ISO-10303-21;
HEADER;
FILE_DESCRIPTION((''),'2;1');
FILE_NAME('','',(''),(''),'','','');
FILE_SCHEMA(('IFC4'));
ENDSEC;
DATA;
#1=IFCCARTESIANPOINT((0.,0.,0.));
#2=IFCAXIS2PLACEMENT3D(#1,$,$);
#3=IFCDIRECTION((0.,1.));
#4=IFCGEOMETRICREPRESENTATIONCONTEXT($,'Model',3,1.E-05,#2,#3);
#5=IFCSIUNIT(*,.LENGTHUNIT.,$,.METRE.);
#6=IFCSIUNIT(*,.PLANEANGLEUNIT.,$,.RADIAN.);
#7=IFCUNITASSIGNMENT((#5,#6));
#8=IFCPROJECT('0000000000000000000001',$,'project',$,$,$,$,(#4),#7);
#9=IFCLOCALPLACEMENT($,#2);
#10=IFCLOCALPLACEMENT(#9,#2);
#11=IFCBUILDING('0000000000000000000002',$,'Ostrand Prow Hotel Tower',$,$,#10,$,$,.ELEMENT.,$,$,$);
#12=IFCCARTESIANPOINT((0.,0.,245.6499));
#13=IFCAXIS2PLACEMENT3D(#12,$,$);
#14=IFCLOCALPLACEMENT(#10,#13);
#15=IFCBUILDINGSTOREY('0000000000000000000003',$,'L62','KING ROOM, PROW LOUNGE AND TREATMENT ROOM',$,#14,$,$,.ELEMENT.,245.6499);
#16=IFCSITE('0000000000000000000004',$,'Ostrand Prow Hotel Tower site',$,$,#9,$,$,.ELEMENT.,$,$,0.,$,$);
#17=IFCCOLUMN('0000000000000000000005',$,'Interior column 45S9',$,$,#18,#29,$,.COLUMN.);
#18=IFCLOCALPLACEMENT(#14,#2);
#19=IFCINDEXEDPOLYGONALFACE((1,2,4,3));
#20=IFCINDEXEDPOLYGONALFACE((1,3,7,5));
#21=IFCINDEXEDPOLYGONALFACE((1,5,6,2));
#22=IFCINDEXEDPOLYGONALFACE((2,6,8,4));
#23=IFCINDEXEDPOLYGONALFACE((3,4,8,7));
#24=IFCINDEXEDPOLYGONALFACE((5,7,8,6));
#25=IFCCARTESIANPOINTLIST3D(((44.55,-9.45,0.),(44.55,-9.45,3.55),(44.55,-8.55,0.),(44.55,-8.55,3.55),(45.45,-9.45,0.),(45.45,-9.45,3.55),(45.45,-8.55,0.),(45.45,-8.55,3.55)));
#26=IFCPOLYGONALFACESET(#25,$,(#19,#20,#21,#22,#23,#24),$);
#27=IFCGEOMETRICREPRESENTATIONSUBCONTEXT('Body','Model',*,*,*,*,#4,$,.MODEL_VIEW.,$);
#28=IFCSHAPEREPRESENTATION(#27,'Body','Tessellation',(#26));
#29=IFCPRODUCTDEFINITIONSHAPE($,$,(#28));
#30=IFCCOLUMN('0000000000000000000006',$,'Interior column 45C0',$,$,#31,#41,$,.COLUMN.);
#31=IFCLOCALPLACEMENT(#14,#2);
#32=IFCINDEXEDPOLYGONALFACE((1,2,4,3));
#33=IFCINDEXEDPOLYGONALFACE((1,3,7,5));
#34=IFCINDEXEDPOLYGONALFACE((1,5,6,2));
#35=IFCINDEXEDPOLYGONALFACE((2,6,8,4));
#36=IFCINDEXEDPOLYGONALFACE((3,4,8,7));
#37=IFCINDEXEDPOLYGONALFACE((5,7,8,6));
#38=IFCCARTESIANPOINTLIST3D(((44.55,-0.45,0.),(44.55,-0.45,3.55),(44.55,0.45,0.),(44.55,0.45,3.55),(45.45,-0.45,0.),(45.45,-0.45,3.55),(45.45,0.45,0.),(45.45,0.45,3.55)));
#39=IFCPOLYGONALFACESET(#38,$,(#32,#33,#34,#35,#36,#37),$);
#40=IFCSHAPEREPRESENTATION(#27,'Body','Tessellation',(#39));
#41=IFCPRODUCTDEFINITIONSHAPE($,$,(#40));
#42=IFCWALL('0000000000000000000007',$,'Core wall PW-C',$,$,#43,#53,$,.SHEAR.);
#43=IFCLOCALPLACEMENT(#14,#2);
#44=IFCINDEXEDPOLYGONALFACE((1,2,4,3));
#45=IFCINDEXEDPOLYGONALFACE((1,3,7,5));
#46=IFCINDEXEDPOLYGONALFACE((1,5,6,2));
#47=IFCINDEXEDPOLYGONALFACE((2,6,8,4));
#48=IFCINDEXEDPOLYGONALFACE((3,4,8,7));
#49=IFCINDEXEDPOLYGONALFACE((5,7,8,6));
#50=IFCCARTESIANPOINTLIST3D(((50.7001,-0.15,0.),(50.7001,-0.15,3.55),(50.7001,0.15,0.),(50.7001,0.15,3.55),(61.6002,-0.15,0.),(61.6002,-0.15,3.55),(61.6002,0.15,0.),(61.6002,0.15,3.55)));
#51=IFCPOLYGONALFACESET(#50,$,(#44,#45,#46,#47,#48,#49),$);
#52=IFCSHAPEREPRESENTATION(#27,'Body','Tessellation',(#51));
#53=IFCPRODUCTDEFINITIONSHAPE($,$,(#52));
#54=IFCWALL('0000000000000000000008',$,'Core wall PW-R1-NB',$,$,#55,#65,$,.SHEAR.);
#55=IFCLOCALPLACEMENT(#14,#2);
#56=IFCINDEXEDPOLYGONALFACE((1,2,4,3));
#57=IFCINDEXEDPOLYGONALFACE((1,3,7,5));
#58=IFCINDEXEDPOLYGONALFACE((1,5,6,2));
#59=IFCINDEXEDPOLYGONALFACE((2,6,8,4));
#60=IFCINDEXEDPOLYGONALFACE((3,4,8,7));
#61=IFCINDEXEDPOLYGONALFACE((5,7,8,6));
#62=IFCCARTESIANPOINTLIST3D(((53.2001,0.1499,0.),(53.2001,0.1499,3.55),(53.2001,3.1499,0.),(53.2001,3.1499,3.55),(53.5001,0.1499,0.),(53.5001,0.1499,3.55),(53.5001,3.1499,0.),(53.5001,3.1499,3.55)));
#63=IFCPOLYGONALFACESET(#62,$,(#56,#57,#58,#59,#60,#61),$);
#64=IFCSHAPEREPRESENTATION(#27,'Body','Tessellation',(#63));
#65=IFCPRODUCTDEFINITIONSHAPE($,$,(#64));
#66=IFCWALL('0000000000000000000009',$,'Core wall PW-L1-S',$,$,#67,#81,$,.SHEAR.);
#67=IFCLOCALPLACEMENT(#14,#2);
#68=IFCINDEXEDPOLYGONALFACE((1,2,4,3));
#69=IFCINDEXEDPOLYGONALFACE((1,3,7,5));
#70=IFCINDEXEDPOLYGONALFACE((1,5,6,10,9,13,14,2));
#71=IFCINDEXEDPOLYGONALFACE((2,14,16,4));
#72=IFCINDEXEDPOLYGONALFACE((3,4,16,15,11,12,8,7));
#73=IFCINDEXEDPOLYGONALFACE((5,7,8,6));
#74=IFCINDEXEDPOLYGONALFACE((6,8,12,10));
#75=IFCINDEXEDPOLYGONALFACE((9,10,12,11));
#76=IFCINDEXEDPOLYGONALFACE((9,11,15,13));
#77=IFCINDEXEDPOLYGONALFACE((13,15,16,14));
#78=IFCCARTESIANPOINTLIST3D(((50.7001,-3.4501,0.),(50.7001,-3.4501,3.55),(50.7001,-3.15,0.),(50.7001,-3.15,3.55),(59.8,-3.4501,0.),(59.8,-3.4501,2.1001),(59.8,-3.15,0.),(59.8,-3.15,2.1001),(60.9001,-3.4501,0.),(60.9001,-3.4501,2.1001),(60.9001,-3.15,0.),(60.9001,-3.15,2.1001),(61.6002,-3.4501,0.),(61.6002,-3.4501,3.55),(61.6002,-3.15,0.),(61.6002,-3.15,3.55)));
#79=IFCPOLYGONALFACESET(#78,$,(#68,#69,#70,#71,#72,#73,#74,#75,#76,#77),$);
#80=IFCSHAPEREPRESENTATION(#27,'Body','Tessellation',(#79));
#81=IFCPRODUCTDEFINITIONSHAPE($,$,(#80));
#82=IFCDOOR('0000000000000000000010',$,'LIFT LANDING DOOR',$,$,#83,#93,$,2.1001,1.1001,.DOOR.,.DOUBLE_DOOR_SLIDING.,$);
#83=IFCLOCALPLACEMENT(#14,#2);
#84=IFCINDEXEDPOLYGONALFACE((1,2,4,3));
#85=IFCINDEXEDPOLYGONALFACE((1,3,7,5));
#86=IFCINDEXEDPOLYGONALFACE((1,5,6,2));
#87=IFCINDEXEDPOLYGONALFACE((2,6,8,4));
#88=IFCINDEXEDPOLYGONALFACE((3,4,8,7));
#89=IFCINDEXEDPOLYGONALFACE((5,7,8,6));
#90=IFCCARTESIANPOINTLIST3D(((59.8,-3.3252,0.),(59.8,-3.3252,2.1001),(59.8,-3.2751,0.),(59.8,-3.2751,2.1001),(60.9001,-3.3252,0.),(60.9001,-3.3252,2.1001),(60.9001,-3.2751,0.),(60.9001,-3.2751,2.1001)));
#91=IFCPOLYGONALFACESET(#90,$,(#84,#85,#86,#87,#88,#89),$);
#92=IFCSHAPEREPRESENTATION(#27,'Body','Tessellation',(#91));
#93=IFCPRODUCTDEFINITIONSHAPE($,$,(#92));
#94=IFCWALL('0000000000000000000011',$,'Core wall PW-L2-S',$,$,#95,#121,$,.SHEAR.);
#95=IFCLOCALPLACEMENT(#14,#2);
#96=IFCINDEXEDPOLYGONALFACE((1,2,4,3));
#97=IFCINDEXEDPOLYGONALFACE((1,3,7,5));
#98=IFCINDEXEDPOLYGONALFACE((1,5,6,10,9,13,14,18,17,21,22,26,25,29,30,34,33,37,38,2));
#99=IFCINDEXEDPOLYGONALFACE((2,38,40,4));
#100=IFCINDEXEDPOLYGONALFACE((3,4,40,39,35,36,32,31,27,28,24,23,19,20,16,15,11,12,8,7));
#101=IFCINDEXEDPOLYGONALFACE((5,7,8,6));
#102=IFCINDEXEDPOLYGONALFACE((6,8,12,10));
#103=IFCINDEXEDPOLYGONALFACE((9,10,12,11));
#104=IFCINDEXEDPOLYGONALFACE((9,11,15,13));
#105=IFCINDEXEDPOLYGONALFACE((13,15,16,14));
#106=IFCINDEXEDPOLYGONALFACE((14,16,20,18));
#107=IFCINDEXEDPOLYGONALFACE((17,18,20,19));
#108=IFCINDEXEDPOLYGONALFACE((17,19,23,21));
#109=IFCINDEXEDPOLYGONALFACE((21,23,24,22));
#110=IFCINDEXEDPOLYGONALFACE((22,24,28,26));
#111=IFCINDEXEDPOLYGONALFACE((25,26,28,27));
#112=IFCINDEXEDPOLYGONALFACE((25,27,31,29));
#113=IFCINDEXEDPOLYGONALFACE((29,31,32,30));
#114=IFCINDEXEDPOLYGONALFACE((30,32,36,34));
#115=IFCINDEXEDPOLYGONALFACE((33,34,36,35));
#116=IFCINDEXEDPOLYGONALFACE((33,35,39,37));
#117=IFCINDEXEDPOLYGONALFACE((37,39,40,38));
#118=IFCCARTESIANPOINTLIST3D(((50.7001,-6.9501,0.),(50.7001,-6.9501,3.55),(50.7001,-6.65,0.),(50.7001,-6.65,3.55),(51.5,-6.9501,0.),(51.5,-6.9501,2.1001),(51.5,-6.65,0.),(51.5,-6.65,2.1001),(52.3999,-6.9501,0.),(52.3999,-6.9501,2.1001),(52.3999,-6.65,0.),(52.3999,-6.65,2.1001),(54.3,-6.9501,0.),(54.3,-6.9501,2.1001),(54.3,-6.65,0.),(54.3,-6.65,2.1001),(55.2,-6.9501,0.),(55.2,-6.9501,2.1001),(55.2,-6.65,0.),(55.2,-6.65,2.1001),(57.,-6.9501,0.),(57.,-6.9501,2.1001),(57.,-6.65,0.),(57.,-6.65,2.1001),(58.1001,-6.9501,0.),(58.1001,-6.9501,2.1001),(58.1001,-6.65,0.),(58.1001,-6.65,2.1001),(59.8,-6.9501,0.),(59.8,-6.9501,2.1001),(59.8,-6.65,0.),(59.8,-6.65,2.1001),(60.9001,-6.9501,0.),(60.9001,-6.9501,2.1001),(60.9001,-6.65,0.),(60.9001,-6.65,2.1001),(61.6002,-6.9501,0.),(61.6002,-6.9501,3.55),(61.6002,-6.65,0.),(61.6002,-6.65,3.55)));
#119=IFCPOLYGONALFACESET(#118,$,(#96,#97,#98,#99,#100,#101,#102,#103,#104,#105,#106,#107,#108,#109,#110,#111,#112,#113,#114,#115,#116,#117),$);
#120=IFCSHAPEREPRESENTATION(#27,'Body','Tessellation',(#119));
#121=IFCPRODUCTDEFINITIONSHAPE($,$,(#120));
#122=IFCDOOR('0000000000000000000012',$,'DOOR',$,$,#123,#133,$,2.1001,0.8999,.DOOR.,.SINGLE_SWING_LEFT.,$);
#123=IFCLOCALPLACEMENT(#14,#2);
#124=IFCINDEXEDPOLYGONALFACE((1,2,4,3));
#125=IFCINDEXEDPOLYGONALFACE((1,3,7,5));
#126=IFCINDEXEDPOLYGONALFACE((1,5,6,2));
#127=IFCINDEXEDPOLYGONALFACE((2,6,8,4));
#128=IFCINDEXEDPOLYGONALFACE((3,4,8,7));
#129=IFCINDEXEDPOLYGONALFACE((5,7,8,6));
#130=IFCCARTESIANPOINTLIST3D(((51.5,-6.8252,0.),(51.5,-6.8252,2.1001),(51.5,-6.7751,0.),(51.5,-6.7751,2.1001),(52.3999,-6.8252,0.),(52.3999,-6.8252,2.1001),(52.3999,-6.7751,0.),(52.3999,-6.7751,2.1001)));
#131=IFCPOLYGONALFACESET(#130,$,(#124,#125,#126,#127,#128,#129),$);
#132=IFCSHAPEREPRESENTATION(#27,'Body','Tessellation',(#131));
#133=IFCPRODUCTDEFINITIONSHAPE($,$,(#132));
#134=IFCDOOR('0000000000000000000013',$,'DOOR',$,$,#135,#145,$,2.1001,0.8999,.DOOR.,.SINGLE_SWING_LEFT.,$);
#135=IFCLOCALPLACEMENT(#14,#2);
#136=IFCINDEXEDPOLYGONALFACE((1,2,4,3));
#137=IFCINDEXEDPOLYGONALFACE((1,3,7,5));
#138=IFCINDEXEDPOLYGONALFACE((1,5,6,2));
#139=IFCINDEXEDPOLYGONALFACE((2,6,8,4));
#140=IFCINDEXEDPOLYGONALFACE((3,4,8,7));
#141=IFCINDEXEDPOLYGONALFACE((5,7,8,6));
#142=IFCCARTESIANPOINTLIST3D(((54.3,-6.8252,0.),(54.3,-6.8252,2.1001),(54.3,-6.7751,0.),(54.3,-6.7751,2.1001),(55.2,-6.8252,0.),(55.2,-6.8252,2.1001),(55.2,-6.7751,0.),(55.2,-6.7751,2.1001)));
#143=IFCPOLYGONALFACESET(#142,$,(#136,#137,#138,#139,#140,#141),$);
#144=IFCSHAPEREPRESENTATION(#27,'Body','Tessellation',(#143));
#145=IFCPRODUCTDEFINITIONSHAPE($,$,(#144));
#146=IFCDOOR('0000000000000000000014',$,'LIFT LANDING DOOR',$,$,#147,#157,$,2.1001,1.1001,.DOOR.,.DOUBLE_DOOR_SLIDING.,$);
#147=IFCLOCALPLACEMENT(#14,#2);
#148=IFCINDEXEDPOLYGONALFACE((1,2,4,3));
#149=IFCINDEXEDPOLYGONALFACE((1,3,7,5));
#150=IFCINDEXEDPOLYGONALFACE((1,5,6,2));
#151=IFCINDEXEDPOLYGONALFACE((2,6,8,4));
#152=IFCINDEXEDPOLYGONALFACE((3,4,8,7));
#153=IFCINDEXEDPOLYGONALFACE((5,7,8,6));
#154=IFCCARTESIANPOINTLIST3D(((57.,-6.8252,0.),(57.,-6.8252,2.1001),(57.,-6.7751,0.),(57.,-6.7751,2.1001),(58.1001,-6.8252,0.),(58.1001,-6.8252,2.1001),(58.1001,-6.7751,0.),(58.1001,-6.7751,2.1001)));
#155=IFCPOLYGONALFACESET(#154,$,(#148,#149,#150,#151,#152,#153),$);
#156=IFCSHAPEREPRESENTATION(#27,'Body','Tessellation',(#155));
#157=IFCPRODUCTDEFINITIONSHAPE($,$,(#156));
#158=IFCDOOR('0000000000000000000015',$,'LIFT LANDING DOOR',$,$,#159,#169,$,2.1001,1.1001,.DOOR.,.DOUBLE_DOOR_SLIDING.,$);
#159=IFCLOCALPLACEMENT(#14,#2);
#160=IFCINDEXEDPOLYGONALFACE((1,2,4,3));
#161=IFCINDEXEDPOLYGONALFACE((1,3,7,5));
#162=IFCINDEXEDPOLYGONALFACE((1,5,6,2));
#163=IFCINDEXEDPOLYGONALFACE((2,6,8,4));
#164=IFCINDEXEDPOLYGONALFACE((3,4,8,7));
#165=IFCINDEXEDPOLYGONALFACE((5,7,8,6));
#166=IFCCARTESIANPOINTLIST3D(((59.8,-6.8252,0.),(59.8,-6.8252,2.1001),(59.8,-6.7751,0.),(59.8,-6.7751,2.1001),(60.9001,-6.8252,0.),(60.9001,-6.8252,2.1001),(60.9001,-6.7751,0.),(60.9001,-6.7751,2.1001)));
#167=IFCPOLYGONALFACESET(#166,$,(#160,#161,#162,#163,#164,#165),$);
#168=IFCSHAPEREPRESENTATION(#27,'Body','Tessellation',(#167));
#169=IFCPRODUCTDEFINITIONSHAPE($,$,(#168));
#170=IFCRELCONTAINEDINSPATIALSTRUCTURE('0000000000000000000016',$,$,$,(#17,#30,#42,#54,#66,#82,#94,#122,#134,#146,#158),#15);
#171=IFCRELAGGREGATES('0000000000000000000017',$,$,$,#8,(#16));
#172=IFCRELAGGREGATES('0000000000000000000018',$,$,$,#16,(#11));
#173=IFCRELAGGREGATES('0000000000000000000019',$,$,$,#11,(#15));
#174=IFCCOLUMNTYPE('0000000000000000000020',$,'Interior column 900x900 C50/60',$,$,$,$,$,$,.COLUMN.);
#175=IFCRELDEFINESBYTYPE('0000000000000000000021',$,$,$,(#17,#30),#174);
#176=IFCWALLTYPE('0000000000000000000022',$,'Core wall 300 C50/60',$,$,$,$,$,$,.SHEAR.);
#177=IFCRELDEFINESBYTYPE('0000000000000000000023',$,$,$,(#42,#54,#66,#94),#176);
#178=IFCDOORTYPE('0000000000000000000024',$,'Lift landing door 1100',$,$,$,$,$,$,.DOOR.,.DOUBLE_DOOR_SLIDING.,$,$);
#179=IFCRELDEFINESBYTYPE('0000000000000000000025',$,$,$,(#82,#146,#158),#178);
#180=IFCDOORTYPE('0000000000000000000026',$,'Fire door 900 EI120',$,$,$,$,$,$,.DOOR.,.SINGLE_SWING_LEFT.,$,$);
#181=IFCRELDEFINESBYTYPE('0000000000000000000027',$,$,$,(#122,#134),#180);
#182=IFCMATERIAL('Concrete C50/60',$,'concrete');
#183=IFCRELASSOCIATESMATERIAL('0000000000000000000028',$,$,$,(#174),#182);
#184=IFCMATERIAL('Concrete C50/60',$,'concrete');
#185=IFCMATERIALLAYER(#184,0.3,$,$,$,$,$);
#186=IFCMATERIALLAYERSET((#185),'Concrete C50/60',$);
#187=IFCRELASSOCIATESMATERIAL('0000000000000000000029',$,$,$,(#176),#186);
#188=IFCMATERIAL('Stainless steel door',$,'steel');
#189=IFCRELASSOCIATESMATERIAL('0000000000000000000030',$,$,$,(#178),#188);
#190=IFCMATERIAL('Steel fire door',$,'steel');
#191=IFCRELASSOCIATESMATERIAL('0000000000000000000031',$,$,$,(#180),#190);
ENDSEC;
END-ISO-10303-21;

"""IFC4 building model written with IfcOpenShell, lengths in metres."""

from ifc_helpers import new_model, si_unit, direction, frame, frame_2d, origin, origin_2d, place, context, subcontext, project, spatial, rectangle, extrude, material, layer, layer_set, material_profile, profile_set, type_object, element, fill, save


model = new_model("IFC4")

# Units and contexts
model_context = context("Model", 3, precision=1e-05, world=origin(), true_north=direction((0.0, 1.0)))
body_context = subcontext(model_context, "Body", "Model", "MODEL_VIEW")
ifc_project = project(units=[si_unit("LENGTHUNIT", "METRE"), si_unit("PLANEANGLEUNIT", "RADIAN")], contexts=[model_context])

# Site, building, storey
site_placement = place(None, origin())
site = spatial("IfcSite", under=ifc_project, at=site_placement, Name="Ostrand Prow Hotel Tower site", CompositionType="ELEMENT", RefElevation=0.0)
building_placement = place(site_placement, origin())
building = spatial("IfcBuilding", under=site, at=building_placement, Name="Ostrand Prow Hotel Tower", CompositionType="ELEMENT")
storey_placement = place(building_placement, frame((0.0, 0.0, 245.6499)))
storey = spatial("IfcBuildingStorey", under=building, at=storey_placement, Name="L62", Description="KING ROOM, PROW LOUNGE AND TREATMENT ROOM", CompositionType="ELEMENT", Elevation=245.6499)

# Columns
ifc_material_1 = material(Name="Concrete C50/60", Category="concrete")
ifc_material_profile = material_profile(ifc_material_1, rectangle(XDim=0.8999, YDim=0.8999, at=origin_2d()), Name="RC 900x900")
ifc_profile_set = profile_set([ifc_material_profile], Name="Concrete C50/60")
column_type = type_object("IfcColumnType", Name="Interior column 900x900 C50/60", PredefinedType="COLUMN", material=ifc_profile_set)
for number, where, z_axis, x_axis, name in (
    (1, (45.0, -9.0, 0.0), (0.0, 0.0, 1.0), (1.0, 0.0, 0.0), "Interior column 45S9"),
    (2, (45.0, 0.0, 0.0), (0.0, 0.0, 1.0), (1.0, 0.0, 0.0), "Interior column 45C0"),
):
    element("IfcColumn", number, at=place(storey_placement, frame(where, z_axis=z_axis, x_axis=x_axis)), inside=storey, type_object=column_type, Name=name, PredefinedType="COLUMN", context=body_context, shape_type="SweptSolid", body=[
        extrude(rectangle(XDim=0.8999, YDim=0.8999, at=origin_2d()), origin(), (0.0, 0.0, 1.0), 3.55),
    ])

# Walls
ifc_material_2 = material(Name="Concrete C50/60", Category="concrete")
ifc_layer_1 = layer(ifc_material_2, 0.3)
ifc_layer_set_1 = layer_set([ifc_layer_1], Name="Concrete C50/60")
wall_type_1 = type_object("IfcWallType", Name="Core wall 300 C50/60", PredefinedType="SHEAR", material=ifc_layer_set_1)
wall_1_placement = place(storey_placement, frame((50.7, 0.0, 0.0), z_axis=(0.0, 0.0, 1.0), x_axis=(1.0, 0.0, 0.0)))
element("IfcWall", 3, at=wall_1_placement, inside=storey, type_object=wall_type_1, Name="Core wall PW-C", PredefinedType="SHEAR", context=body_context, shape_type="SweptSolid", body=[
    extrude(rectangle(XDim=10.9001, YDim=0.3, at=frame_2d((5.4502, 0.0))), origin(), (0.0, 0.0, 1.0), 3.55),
])
wall_2_placement = place(storey_placement, frame((53.3501, 0.1499, 0.0), z_axis=(0.0, 0.0, 1.0), x_axis=(0.0, 1.0, 0.0)))
element("IfcWall", 4, at=wall_2_placement, inside=storey, type_object=wall_type_1, Name="Core wall PW-R1-NB", PredefinedType="SHEAR", context=body_context, shape_type="SweptSolid", body=[
    extrude(rectangle(XDim=3.0, YDim=0.3, at=frame_2d((1.5, 0.0))), origin(), (0.0, 0.0, 1.0), 3.55),
])

# Wall, opening, door
wall_3_placement = place(storey_placement, frame((50.7, -3.3, 0.0), z_axis=(0.0, 0.0, 1.0), x_axis=(1.0, 0.0, 0.0)))
wall_3 = element("IfcWall", 5, at=wall_3_placement, inside=storey, type_object=wall_type_1, Name="Core wall PW-L1-S", PredefinedType="SHEAR", context=body_context, shape_type="SweptSolid", body=[
    extrude(rectangle(XDim=10.9001, YDim=0.3, at=frame_2d((5.4502, 0.0))), origin(), (0.0, 0.0, 1.0), 3.55),
])
opening_1_placement = place(wall_3_placement, frame((9.1001, 0.0, 0.0)))
opening_1 = element("IfcOpeningElement", 6, at=opening_1_placement, cuts=wall_3, PredefinedType="OPENING", context=body_context, shape_type="SweptSolid", body=[
    extrude(rectangle(XDim=1.1001, YDim=2.1001, at=frame_2d((0.55, 1.05))), frame((0.0, 0.1599, 0.0), z_axis=(0.0, -1.0, 0.0), x_axis=(1.0, 0.0, 0.0)), (0.0, 0.0, 1.0), 0.3201),
])
ifc_material_3 = material(Name="Stainless steel door", Category="steel")
door_type_1 = type_object("IfcDoorType", Name="Lift landing door 1100", OperationType="DOUBLE_DOOR_SLIDING", PredefinedType="DOOR", material=ifc_material_3)
door_1_placement = place(opening_1_placement, origin())
door_1 = element("IfcDoor", 7, at=door_1_placement, inside=storey, type_object=door_type_1, Name="LIFT LANDING DOOR", OperationType="DOUBLE_DOOR_SLIDING", OverallHeight=2.1001, OverallWidth=1.1001, PredefinedType="DOOR", context=body_context, shape_type="SweptSolid", body=[
    extrude(rectangle(XDim=1.1001, YDim=2.1001, at=frame_2d((0.55, 1.05))), frame((0.0, 0.0249, 0.0), z_axis=(0.0, -1.0, 0.0), x_axis=(1.0, 0.0, 0.0)), (0.0, 0.0, 1.0), 0.05),
])
fill(opening_1, door_1)

# Wall, openings, doors
wall_4_placement = place(storey_placement, frame((50.7, -6.8, 0.0), z_axis=(0.0, 0.0, 1.0), x_axis=(1.0, 0.0, 0.0)))
wall_4 = element("IfcWall", 8, at=wall_4_placement, inside=storey, type_object=wall_type_1, Name="Core wall PW-L2-S", PredefinedType="SHEAR", context=body_context, shape_type="SweptSolid", body=[
    extrude(rectangle(XDim=10.9001, YDim=0.3, at=frame_2d((5.4502, 0.0))), origin(), (0.0, 0.0, 1.0), 3.55),
])
opening_2_placement = place(wall_4_placement, frame((6.3, 0.0, 0.0)))
opening_2 = element("IfcOpeningElement", 9, at=opening_2_placement, cuts=wall_4, PredefinedType="OPENING", context=body_context, shape_type="SweptSolid", body=[
    extrude(rectangle(XDim=1.1001, YDim=2.1001, at=frame_2d((0.55, 1.05))), frame((0.0, 0.1599, 0.0), z_axis=(0.0, -1.0, 0.0), x_axis=(1.0, 0.0, 0.0)), (0.0, 0.0, 1.0), 0.3201),
])
opening_3_placement = place(wall_4_placement, frame((9.1001, 0.0, 0.0)))
opening_3 = element("IfcOpeningElement", 10, at=opening_3_placement, cuts=wall_4, PredefinedType="OPENING", context=body_context, shape_type="SweptSolid", body=[
    extrude(rectangle(XDim=1.1001, YDim=2.1001, at=frame_2d((0.55, 1.05))), frame((0.0, 0.1599, 0.0), z_axis=(0.0, -1.0, 0.0), x_axis=(1.0, 0.0, 0.0)), (0.0, 0.0, 1.0), 0.3201),
])
opening_4_placement = place(wall_4_placement, frame((0.8, 0.0, 0.0)))
opening_4 = element("IfcOpeningElement", 11, at=opening_4_placement, cuts=wall_4, PredefinedType="OPENING", context=body_context, shape_type="SweptSolid", body=[
    extrude(rectangle(XDim=0.8999, YDim=2.1001, at=frame_2d((0.45, 1.05))), frame((0.0, 0.1599, 0.0), z_axis=(0.0, -1.0, 0.0), x_axis=(1.0, 0.0, 0.0)), (0.0, 0.0, 1.0), 0.3201),
])
opening_5_placement = place(wall_4_placement, frame((3.6001, 0.0, 0.0)))
opening_5 = element("IfcOpeningElement", 12, at=opening_5_placement, cuts=wall_4, PredefinedType="OPENING", context=body_context, shape_type="SweptSolid", body=[
    extrude(rectangle(XDim=0.8999, YDim=2.1001, at=frame_2d((0.45, 1.05))), frame((0.0, 0.1599, 0.0), z_axis=(0.0, -1.0, 0.0), x_axis=(1.0, 0.0, 0.0)), (0.0, 0.0, 1.0), 0.3201),
])
ifc_material_4 = material(Name="Steel fire door", Category="steel")
door_type_2 = type_object("IfcDoorType", Name="Fire door 900 EI120", OperationType="SINGLE_SWING_LEFT", PredefinedType="DOOR", material=ifc_material_4)
door_2_placement = place(opening_4_placement, origin())
door_2 = element("IfcDoor", 13, at=door_2_placement, inside=storey, type_object=door_type_2, Name="DOOR", OperationType="SINGLE_SWING_LEFT", OverallHeight=2.1001, OverallWidth=0.8999, PredefinedType="DOOR", context=body_context, shape_type="SweptSolid", body=[
    extrude(rectangle(XDim=0.8999, YDim=2.1001, at=frame_2d((0.45, 1.05))), frame((0.0, 0.0249, 0.0), z_axis=(0.0, -1.0, 0.0), x_axis=(1.0, 0.0, 0.0)), (0.0, 0.0, 1.0), 0.05),
])
fill(opening_4, door_2)
door_3_placement = place(opening_5_placement, origin())
door_3 = element("IfcDoor", 14, at=door_3_placement, inside=storey, type_object=door_type_2, Name="DOOR", OperationType="SINGLE_SWING_LEFT", OverallHeight=2.1001, OverallWidth=0.8999, PredefinedType="DOOR", context=body_context, shape_type="SweptSolid", body=[
    extrude(rectangle(XDim=0.8999, YDim=2.1001, at=frame_2d((0.45, 1.05))), frame((0.0, 0.0249, 0.0), z_axis=(0.0, -1.0, 0.0), x_axis=(1.0, 0.0, 0.0)), (0.0, 0.0, 1.0), 0.05),
])
fill(opening_5, door_3)
door_4_placement = place(opening_2_placement, origin())
door_4 = element("IfcDoor", 15, at=door_4_placement, inside=storey, type_object=door_type_1, Name="LIFT LANDING DOOR", OperationType="DOUBLE_DOOR_SLIDING", OverallHeight=2.1001, OverallWidth=1.1001, PredefinedType="DOOR", context=body_context, shape_type="SweptSolid", body=[
    extrude(rectangle(XDim=1.1001, YDim=2.1001, at=frame_2d((0.55, 1.05))), frame((0.0, 0.0249, 0.0), z_axis=(0.0, -1.0, 0.0), x_axis=(1.0, 0.0, 0.0)), (0.0, 0.0, 1.0), 0.05),
])
fill(opening_2, door_4)
door_5_placement = place(opening_3_placement, origin())
door_5 = element("IfcDoor", 16, at=door_5_placement, inside=storey, type_object=door_type_1, Name="LIFT LANDING DOOR", OperationType="DOUBLE_DOOR_SLIDING", OverallHeight=2.1001, OverallWidth=1.1001, PredefinedType="DOOR", context=body_context, shape_type="SweptSolid", body=[
    extrude(rectangle(XDim=1.1001, YDim=2.1001, at=frame_2d((0.55, 1.05))), frame((0.0, 0.0249, 0.0), z_axis=(0.0, -1.0, 0.0), x_axis=(1.0, 0.0, 0.0)), (0.0, 0.0, 1.0), 0.05),
])
fill(opening_3, door_5)

save(model, "model.ifc")
